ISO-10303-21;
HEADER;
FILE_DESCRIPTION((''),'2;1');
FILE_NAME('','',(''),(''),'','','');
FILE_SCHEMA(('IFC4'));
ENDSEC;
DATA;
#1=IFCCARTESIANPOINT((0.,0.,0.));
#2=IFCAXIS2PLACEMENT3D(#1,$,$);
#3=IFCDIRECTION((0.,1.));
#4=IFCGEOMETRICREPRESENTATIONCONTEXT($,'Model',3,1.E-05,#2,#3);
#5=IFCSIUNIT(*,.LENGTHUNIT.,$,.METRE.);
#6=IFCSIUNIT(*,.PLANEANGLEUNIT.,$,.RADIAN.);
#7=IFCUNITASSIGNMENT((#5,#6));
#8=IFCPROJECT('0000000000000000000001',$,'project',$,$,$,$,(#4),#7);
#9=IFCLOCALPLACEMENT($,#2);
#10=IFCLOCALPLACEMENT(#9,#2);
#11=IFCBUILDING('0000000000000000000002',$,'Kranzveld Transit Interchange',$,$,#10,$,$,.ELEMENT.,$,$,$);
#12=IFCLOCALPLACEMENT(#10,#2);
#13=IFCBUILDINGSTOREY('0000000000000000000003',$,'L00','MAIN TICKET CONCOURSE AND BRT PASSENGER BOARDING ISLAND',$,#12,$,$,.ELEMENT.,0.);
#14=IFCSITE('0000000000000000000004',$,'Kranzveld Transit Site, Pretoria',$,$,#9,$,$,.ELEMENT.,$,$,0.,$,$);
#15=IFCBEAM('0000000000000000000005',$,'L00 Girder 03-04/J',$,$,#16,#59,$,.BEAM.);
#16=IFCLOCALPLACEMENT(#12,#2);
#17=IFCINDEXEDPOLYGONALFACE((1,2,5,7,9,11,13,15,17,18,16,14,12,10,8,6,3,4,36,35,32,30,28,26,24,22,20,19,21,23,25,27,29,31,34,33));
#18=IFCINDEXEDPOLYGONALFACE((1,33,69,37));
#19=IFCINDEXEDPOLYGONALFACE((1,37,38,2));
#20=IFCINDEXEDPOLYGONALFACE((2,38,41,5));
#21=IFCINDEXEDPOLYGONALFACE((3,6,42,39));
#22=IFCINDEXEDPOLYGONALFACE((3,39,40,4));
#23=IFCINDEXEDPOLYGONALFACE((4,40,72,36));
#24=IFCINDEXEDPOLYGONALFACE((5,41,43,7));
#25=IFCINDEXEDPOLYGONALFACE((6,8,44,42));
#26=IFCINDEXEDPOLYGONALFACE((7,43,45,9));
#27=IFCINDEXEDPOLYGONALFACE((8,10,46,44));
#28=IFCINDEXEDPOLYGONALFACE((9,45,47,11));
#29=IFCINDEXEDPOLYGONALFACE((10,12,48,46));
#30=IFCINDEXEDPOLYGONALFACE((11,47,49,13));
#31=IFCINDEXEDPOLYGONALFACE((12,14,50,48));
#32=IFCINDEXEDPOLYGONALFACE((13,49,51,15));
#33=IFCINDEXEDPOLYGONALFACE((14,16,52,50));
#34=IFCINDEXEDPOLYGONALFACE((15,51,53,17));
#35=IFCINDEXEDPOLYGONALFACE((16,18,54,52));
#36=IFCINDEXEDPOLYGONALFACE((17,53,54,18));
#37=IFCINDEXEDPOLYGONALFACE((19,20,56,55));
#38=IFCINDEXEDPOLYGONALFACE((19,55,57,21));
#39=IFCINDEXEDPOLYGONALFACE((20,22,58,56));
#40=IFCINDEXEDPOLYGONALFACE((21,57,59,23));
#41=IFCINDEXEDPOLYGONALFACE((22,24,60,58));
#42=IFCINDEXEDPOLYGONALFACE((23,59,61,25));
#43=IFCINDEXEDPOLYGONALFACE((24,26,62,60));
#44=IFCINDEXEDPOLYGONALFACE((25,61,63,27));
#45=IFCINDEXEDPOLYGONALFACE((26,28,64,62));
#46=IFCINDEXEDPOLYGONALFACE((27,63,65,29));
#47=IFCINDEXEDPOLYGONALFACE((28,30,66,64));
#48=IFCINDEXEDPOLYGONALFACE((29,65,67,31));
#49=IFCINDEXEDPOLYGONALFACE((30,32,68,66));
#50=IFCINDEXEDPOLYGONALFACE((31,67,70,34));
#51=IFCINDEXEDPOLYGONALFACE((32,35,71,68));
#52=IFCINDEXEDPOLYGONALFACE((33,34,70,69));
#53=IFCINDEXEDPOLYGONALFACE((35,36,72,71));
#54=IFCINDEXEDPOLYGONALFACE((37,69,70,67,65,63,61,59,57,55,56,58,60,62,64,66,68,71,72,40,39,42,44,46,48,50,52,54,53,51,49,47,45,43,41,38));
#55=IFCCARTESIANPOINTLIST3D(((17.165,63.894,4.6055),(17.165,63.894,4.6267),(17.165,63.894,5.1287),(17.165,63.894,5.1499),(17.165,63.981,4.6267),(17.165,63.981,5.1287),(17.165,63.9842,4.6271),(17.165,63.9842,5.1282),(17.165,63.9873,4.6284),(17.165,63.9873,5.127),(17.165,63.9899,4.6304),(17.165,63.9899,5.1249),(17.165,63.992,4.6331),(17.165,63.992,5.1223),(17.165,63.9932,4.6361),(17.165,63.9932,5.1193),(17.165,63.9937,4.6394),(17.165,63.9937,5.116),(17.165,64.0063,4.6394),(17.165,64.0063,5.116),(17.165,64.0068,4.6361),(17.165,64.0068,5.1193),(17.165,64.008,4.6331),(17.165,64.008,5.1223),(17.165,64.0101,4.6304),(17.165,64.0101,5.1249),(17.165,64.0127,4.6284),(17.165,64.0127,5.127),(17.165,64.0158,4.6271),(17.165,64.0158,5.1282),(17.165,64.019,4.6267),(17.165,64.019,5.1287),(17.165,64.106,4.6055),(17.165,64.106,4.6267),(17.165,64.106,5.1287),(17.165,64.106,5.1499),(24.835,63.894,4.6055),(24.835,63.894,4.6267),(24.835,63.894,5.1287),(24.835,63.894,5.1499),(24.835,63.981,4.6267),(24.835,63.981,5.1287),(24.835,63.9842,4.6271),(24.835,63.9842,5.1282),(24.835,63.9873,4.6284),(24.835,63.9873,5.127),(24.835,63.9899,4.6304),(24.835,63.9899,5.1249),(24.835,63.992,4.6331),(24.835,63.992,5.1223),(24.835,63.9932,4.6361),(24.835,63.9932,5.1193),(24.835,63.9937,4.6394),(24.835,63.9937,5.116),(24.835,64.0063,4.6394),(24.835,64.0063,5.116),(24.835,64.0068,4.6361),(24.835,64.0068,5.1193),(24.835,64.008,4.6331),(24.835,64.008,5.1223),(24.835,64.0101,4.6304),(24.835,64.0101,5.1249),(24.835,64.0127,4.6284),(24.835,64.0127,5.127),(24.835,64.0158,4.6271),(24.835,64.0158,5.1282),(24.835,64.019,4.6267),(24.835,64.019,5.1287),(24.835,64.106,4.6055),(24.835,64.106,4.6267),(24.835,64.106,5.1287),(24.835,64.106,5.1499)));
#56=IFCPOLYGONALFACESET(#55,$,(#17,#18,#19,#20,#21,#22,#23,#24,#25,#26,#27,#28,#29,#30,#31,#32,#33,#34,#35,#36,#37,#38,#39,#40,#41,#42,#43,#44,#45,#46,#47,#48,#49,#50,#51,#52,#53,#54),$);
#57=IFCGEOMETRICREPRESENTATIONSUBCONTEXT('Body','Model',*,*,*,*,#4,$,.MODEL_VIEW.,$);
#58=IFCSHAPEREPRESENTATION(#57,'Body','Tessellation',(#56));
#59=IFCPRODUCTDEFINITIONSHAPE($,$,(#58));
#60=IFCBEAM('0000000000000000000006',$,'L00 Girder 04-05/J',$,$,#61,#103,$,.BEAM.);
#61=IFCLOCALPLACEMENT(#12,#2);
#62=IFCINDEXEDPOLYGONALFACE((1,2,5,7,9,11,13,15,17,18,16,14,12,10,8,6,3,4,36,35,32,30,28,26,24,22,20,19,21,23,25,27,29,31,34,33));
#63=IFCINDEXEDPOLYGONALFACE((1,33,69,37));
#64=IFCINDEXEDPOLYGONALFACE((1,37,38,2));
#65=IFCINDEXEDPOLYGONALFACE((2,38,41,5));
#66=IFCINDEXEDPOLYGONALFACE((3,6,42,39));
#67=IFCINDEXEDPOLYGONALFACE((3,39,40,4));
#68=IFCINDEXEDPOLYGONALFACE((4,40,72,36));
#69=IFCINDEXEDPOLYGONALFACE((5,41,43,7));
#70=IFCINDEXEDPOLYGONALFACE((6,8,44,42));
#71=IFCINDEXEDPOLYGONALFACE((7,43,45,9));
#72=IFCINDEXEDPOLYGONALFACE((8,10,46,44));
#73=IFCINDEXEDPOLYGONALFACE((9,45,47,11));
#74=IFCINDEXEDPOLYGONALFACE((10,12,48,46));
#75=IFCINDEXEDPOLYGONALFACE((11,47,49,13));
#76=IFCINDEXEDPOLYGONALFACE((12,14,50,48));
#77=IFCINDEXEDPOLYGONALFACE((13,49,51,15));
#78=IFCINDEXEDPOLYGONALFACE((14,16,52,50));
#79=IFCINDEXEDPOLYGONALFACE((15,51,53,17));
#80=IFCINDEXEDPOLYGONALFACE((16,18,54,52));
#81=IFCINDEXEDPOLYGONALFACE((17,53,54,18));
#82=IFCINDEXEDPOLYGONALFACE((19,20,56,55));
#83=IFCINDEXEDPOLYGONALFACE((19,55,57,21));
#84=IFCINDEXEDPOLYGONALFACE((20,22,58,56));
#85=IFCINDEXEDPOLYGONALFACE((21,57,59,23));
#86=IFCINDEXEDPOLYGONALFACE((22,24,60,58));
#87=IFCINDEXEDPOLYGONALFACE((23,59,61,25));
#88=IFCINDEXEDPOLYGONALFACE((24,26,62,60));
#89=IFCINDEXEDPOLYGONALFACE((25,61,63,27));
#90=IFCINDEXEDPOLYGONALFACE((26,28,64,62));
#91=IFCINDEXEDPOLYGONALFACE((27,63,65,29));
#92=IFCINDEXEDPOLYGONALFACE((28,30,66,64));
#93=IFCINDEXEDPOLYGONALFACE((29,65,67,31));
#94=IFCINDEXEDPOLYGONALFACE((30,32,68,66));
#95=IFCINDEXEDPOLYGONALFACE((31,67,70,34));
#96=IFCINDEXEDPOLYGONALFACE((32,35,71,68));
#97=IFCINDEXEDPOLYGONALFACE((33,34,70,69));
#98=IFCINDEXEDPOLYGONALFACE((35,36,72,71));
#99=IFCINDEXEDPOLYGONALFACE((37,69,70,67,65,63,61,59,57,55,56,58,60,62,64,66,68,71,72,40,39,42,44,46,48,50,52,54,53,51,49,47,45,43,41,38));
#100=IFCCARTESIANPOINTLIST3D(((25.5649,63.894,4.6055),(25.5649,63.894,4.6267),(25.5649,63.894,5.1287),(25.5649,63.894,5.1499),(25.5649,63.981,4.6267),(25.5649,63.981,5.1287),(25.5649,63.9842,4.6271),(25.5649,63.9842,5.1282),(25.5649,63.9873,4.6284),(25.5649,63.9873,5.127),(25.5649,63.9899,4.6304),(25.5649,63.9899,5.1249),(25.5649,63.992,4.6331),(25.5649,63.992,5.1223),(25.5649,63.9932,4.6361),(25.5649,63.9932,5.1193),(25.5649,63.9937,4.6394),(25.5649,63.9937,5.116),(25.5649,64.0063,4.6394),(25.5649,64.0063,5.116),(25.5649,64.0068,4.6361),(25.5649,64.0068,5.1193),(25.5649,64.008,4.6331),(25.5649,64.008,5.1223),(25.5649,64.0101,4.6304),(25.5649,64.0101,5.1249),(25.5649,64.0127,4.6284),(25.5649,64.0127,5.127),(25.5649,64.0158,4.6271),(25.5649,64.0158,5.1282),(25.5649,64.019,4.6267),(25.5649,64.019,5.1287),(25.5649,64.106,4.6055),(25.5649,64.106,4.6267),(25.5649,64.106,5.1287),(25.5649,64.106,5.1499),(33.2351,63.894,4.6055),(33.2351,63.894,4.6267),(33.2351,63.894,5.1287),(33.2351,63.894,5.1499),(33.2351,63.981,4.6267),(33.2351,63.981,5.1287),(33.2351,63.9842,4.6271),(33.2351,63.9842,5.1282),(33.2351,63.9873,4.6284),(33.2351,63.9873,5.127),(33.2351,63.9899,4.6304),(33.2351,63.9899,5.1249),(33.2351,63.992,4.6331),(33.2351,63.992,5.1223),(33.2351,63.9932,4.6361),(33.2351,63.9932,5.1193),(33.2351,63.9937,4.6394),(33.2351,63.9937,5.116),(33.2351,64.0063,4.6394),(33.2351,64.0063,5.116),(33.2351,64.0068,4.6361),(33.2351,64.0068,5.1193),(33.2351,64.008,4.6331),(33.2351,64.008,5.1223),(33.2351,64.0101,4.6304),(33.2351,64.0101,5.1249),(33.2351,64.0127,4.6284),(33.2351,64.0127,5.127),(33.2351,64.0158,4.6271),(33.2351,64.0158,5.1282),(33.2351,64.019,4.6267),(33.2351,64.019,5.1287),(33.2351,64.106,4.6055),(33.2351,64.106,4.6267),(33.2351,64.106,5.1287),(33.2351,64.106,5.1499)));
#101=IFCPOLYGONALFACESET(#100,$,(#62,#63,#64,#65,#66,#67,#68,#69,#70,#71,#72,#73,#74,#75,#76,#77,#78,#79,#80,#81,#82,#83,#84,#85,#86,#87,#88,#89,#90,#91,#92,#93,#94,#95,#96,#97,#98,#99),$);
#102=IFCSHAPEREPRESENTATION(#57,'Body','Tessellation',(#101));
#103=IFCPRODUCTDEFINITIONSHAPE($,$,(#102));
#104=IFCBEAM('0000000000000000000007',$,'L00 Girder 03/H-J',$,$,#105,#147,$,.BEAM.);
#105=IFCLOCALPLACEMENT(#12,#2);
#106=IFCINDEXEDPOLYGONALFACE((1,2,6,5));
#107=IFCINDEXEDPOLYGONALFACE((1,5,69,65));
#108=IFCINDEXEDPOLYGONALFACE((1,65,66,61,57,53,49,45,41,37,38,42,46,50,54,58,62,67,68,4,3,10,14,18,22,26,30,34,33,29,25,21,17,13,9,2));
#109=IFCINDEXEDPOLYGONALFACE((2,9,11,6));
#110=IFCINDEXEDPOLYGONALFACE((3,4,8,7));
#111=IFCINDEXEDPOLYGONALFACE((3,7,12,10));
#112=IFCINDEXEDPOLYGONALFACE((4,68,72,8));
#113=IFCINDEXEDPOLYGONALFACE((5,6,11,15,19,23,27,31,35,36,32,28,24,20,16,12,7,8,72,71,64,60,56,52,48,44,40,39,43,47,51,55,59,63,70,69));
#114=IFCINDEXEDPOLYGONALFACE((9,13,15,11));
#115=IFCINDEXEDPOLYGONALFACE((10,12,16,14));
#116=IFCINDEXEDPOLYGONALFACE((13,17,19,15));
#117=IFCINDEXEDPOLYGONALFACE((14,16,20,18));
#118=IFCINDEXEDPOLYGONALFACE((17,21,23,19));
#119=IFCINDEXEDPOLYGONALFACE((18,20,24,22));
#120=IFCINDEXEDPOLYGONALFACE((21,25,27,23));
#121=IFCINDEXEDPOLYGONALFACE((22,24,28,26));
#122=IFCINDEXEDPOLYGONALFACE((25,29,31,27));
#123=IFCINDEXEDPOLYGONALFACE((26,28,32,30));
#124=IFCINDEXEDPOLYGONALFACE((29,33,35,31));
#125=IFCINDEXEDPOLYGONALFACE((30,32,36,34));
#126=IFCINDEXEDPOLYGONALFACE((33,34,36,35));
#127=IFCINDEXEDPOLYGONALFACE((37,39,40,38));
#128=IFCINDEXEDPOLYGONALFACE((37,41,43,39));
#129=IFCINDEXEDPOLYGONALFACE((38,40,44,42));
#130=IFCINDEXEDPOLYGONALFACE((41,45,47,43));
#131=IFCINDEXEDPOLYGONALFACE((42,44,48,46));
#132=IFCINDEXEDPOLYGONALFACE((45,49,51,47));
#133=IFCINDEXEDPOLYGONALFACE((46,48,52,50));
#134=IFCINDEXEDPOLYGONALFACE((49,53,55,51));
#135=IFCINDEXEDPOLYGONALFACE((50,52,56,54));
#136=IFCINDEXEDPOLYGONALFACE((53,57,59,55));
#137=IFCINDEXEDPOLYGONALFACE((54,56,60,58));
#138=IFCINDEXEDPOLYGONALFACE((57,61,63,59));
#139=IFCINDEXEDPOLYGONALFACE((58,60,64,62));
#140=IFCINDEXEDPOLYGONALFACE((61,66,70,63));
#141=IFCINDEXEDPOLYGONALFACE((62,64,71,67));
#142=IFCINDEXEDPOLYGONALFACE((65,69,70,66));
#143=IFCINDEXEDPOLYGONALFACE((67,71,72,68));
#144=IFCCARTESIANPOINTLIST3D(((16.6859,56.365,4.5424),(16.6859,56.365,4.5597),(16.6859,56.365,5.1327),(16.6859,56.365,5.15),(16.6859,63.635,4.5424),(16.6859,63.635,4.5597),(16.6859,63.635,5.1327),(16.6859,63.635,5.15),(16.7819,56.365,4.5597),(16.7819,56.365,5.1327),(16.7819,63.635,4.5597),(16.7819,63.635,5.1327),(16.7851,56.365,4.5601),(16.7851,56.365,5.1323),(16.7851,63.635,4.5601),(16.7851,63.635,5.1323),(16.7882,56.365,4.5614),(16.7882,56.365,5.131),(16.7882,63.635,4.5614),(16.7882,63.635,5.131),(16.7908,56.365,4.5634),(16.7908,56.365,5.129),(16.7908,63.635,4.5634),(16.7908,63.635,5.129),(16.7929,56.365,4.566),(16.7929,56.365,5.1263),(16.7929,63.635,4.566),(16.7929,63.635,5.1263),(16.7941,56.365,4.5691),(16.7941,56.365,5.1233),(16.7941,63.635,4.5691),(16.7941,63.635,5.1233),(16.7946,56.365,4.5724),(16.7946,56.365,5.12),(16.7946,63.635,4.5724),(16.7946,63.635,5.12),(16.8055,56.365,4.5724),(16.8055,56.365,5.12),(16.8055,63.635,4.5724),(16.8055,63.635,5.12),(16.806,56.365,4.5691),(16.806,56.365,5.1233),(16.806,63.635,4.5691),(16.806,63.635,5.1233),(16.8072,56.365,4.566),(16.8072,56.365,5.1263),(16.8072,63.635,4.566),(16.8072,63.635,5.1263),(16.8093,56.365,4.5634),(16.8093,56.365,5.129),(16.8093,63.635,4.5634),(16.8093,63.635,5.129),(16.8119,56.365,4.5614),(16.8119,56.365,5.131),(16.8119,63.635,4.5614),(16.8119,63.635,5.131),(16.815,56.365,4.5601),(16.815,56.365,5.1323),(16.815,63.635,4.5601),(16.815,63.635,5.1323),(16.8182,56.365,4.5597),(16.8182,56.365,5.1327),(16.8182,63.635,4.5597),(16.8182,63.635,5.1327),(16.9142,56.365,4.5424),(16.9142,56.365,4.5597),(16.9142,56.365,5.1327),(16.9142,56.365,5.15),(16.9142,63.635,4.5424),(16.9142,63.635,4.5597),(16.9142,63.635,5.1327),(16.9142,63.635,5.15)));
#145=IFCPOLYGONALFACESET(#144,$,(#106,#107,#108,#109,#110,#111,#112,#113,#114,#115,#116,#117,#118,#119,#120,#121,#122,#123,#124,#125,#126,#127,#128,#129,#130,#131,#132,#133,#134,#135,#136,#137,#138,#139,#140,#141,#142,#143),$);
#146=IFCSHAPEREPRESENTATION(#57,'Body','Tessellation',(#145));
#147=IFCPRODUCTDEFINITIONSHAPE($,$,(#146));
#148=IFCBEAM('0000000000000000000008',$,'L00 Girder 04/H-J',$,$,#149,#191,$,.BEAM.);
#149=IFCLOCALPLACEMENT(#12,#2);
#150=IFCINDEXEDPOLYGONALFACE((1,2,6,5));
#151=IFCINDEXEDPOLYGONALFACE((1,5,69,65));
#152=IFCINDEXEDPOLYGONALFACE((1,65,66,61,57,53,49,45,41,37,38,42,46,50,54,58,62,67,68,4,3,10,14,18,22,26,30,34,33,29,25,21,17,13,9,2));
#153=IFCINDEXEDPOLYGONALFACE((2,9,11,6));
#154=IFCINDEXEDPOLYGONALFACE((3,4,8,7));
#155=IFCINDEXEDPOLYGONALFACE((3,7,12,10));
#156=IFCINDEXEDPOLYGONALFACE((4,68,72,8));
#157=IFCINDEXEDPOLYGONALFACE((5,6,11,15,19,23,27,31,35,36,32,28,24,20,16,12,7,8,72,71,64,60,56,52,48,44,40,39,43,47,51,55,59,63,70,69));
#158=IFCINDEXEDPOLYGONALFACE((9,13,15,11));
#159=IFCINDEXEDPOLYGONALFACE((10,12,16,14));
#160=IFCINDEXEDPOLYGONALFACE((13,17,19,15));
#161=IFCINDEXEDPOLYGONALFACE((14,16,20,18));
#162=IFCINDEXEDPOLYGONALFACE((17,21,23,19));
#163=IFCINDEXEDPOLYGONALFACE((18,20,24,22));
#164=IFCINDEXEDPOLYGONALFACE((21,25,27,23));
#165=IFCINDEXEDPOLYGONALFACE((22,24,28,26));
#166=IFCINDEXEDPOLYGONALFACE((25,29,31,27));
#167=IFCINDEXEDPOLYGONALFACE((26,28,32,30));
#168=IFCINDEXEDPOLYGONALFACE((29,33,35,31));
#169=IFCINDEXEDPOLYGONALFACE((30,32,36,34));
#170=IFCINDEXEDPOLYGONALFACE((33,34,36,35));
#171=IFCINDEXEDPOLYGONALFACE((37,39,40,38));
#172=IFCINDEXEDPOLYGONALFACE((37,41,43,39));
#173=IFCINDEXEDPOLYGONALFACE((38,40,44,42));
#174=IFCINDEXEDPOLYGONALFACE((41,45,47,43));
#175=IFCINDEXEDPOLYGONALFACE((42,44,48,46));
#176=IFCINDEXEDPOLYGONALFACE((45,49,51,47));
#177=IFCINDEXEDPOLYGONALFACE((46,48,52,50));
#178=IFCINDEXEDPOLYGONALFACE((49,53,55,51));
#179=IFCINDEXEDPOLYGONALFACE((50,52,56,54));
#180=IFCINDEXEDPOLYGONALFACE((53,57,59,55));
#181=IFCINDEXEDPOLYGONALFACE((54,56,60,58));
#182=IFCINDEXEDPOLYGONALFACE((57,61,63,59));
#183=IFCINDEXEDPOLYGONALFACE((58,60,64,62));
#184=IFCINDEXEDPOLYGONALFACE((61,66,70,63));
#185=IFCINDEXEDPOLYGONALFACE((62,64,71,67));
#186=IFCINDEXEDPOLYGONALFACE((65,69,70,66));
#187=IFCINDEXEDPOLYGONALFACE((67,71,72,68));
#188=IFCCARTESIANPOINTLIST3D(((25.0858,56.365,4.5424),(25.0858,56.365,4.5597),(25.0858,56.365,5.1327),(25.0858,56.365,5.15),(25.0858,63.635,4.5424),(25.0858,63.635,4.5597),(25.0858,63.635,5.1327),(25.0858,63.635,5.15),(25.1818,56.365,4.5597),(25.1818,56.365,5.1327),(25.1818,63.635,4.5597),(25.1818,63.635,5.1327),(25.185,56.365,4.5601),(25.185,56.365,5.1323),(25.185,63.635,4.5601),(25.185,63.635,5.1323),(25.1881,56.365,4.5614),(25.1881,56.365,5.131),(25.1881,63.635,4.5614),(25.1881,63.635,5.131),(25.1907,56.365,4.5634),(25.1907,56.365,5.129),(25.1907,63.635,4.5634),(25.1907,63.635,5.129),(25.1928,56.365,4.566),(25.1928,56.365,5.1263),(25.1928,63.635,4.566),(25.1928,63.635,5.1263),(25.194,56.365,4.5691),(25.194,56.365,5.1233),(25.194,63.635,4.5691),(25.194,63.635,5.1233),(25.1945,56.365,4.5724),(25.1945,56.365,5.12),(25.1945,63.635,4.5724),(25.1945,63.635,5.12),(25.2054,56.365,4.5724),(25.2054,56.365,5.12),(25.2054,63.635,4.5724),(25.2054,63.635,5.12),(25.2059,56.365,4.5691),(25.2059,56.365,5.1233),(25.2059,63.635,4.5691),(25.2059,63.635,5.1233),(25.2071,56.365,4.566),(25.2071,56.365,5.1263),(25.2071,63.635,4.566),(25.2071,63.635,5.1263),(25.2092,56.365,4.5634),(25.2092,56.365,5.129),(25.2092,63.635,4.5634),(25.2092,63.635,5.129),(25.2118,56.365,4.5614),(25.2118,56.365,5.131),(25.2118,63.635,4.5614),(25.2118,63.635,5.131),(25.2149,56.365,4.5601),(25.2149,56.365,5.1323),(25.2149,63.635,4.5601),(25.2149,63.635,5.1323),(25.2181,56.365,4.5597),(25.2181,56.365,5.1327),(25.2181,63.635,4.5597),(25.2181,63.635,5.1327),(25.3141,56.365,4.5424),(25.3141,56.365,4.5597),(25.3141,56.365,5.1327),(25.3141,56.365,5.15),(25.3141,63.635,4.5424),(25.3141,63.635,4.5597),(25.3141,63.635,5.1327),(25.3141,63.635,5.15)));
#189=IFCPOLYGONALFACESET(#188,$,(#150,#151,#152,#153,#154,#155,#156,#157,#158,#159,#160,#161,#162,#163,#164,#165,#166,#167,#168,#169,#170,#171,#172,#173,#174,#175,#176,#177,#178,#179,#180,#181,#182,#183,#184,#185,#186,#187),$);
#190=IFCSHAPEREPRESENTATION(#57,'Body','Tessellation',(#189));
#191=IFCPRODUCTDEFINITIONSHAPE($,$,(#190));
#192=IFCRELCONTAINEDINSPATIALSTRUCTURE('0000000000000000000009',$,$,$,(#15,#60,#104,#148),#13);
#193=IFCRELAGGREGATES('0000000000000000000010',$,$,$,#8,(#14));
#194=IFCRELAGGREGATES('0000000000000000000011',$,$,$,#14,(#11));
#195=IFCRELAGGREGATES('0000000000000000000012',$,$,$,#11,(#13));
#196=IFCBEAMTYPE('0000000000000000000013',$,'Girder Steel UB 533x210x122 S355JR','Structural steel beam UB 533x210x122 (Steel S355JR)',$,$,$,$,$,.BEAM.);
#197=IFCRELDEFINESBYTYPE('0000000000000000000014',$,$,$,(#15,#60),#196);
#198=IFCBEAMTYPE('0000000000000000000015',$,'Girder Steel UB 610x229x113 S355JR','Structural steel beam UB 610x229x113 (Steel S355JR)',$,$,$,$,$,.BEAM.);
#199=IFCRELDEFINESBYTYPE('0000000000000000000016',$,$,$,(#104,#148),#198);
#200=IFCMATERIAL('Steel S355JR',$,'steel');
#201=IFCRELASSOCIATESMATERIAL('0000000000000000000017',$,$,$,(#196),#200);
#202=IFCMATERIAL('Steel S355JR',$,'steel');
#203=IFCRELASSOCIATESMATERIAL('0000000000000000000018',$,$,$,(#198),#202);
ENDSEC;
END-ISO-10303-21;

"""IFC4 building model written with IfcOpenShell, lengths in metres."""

from ifc_helpers import new_model, si_unit, direction, frame, origin, origin_2d, place, context, subcontext, project, spatial, i_section, extrude, material, material_profile, profile_set, type_object, element, save


model = new_model("IFC4")

# Units and contexts
model_context = context("Model", 3, precision=1e-05, world=origin(), true_north=direction((0.0, 1.0)))
body_context = subcontext(model_context, "Body", "Model", "MODEL_VIEW")
ifc_project = project(units=[si_unit("LENGTHUNIT", "METRE"), si_unit("PLANEANGLEUNIT", "RADIAN")], contexts=[model_context])

# Site, building, storey
site_placement = place(None, origin())
site = spatial("IfcSite", under=ifc_project, at=site_placement, Name="Kranzveld Transit Site, Pretoria", CompositionType="ELEMENT", RefElevation=0.0)
building_placement = place(site_placement, origin())
building = spatial("IfcBuilding", under=site, at=building_placement, Name="Kranzveld Transit Interchange", CompositionType="ELEMENT")
storey_placement = place(building_placement, origin())
storey = spatial("IfcBuildingStorey", under=building, at=storey_placement, Name="L00", Description="MAIN TICKET CONCOURSE AND BRT PASSENGER BOARDING ISLAND", CompositionType="ELEMENT", Elevation=0.0)

# Beams
ifc_material_1 = material(Name="Steel S355JR", Category="steel")
ifc_material_profile_1 = material_profile(ifc_material_1, i_section(OverallWidth=0.2119, OverallDepth=0.5444, WebThickness=0.0127, FlangeThickness=0.0212, FilletRadius=0.0127, at=origin_2d()), Name="UB 533x210x122")
ifc_profile_set_1 = profile_set([ifc_material_profile_1], Name="Steel S355JR")
beam_type_1 = type_object("IfcBeamType", Name="Girder Steel UB 533x210x122 S355JR", Description="Structural steel beam UB 533x210x122 (Steel S355JR)", PredefinedType="BEAM", material=ifc_profile_set_1)
beam_1_placement = place(storey_placement, frame((17.165, 64.0, 4.8777), z_axis=(1.0, 0.0, 0.0), x_axis=(0.0, 1.0, 0.0)))
element("IfcBeam", 1, at=beam_1_placement, inside=storey, type_object=beam_type_1, Name="L00 Girder 03-04/J", PredefinedType="BEAM", context=body_context, shape_type="SweptSolid", body=[
    extrude(i_section(OverallWidth=0.2119, OverallDepth=0.5444, WebThickness=0.0127, FlangeThickness=0.0212, FilletRadius=0.0127, at=origin_2d()), origin(), (0.0, 0.0, 1.0), 7.6699),
])
beam_2_placement = place(storey_placement, frame((25.5649, 64.0, 4.8777), z_axis=(1.0, 0.0, 0.0), x_axis=(0.0, 1.0, 0.0)))
element("IfcBeam", 2, at=beam_2_placement, inside=storey, type_object=beam_type_1, Name="L00 Girder 04-05/J", PredefinedType="BEAM", context=body_context, shape_type="SweptSolid", body=[
    extrude(i_section(OverallWidth=0.2119, OverallDepth=0.5444, WebThickness=0.0127, FlangeThickness=0.0212, FilletRadius=0.0127, at=origin_2d()), origin(), (0.0, 0.0, 1.0), 7.6702),
])
ifc_material_2 = material(Name="Steel S355JR", Category="steel")
ifc_material_profile_2 = material_profile(ifc_material_2, i_section(OverallWidth=0.2283, OverallDepth=0.6077, WebThickness=0.011, FlangeThickness=0.0173, FilletRadius=0.0127, at=origin_2d()), Name="UB 610x229x113")
ifc_profile_set_2 = profile_set([ifc_material_profile_2], Name="Steel S355JR")
beam_type_2 = type_object("IfcBeamType", Name="Girder Steel UB 610x229x113 S355JR", Description="Structural steel beam UB 610x229x113 (Steel S355JR)", PredefinedType="BEAM", material=ifc_profile_set_2)
for number, where, z_axis, x_axis, name in (
    (3, (16.8, 56.365, 4.8462), (0.0, 1.0, 0.0), (-1.0, 0.0, 0.0), "L00 Girder 03/H-J"),
    (4, (25.2, 56.365, 4.8462), (0.0, 1.0, 0.0), (-1.0, 0.0, 0.0), "L00 Girder 04/H-J"),
):
    element("IfcBeam", number, at=place(storey_placement, frame(where, z_axis=z_axis, x_axis=x_axis)), inside=storey, type_object=beam_type_2, Name=name, PredefinedType="BEAM", context=body_context, shape_type="SweptSolid", body=[
        extrude(i_section(OverallWidth=0.2283, OverallDepth=0.6077, WebThickness=0.011, FlangeThickness=0.0173, FilletRadius=0.0127, at=origin_2d()), origin(), (0.0, 0.0, 1.0), 7.27),
    ])

save(model, "model.ifc")
